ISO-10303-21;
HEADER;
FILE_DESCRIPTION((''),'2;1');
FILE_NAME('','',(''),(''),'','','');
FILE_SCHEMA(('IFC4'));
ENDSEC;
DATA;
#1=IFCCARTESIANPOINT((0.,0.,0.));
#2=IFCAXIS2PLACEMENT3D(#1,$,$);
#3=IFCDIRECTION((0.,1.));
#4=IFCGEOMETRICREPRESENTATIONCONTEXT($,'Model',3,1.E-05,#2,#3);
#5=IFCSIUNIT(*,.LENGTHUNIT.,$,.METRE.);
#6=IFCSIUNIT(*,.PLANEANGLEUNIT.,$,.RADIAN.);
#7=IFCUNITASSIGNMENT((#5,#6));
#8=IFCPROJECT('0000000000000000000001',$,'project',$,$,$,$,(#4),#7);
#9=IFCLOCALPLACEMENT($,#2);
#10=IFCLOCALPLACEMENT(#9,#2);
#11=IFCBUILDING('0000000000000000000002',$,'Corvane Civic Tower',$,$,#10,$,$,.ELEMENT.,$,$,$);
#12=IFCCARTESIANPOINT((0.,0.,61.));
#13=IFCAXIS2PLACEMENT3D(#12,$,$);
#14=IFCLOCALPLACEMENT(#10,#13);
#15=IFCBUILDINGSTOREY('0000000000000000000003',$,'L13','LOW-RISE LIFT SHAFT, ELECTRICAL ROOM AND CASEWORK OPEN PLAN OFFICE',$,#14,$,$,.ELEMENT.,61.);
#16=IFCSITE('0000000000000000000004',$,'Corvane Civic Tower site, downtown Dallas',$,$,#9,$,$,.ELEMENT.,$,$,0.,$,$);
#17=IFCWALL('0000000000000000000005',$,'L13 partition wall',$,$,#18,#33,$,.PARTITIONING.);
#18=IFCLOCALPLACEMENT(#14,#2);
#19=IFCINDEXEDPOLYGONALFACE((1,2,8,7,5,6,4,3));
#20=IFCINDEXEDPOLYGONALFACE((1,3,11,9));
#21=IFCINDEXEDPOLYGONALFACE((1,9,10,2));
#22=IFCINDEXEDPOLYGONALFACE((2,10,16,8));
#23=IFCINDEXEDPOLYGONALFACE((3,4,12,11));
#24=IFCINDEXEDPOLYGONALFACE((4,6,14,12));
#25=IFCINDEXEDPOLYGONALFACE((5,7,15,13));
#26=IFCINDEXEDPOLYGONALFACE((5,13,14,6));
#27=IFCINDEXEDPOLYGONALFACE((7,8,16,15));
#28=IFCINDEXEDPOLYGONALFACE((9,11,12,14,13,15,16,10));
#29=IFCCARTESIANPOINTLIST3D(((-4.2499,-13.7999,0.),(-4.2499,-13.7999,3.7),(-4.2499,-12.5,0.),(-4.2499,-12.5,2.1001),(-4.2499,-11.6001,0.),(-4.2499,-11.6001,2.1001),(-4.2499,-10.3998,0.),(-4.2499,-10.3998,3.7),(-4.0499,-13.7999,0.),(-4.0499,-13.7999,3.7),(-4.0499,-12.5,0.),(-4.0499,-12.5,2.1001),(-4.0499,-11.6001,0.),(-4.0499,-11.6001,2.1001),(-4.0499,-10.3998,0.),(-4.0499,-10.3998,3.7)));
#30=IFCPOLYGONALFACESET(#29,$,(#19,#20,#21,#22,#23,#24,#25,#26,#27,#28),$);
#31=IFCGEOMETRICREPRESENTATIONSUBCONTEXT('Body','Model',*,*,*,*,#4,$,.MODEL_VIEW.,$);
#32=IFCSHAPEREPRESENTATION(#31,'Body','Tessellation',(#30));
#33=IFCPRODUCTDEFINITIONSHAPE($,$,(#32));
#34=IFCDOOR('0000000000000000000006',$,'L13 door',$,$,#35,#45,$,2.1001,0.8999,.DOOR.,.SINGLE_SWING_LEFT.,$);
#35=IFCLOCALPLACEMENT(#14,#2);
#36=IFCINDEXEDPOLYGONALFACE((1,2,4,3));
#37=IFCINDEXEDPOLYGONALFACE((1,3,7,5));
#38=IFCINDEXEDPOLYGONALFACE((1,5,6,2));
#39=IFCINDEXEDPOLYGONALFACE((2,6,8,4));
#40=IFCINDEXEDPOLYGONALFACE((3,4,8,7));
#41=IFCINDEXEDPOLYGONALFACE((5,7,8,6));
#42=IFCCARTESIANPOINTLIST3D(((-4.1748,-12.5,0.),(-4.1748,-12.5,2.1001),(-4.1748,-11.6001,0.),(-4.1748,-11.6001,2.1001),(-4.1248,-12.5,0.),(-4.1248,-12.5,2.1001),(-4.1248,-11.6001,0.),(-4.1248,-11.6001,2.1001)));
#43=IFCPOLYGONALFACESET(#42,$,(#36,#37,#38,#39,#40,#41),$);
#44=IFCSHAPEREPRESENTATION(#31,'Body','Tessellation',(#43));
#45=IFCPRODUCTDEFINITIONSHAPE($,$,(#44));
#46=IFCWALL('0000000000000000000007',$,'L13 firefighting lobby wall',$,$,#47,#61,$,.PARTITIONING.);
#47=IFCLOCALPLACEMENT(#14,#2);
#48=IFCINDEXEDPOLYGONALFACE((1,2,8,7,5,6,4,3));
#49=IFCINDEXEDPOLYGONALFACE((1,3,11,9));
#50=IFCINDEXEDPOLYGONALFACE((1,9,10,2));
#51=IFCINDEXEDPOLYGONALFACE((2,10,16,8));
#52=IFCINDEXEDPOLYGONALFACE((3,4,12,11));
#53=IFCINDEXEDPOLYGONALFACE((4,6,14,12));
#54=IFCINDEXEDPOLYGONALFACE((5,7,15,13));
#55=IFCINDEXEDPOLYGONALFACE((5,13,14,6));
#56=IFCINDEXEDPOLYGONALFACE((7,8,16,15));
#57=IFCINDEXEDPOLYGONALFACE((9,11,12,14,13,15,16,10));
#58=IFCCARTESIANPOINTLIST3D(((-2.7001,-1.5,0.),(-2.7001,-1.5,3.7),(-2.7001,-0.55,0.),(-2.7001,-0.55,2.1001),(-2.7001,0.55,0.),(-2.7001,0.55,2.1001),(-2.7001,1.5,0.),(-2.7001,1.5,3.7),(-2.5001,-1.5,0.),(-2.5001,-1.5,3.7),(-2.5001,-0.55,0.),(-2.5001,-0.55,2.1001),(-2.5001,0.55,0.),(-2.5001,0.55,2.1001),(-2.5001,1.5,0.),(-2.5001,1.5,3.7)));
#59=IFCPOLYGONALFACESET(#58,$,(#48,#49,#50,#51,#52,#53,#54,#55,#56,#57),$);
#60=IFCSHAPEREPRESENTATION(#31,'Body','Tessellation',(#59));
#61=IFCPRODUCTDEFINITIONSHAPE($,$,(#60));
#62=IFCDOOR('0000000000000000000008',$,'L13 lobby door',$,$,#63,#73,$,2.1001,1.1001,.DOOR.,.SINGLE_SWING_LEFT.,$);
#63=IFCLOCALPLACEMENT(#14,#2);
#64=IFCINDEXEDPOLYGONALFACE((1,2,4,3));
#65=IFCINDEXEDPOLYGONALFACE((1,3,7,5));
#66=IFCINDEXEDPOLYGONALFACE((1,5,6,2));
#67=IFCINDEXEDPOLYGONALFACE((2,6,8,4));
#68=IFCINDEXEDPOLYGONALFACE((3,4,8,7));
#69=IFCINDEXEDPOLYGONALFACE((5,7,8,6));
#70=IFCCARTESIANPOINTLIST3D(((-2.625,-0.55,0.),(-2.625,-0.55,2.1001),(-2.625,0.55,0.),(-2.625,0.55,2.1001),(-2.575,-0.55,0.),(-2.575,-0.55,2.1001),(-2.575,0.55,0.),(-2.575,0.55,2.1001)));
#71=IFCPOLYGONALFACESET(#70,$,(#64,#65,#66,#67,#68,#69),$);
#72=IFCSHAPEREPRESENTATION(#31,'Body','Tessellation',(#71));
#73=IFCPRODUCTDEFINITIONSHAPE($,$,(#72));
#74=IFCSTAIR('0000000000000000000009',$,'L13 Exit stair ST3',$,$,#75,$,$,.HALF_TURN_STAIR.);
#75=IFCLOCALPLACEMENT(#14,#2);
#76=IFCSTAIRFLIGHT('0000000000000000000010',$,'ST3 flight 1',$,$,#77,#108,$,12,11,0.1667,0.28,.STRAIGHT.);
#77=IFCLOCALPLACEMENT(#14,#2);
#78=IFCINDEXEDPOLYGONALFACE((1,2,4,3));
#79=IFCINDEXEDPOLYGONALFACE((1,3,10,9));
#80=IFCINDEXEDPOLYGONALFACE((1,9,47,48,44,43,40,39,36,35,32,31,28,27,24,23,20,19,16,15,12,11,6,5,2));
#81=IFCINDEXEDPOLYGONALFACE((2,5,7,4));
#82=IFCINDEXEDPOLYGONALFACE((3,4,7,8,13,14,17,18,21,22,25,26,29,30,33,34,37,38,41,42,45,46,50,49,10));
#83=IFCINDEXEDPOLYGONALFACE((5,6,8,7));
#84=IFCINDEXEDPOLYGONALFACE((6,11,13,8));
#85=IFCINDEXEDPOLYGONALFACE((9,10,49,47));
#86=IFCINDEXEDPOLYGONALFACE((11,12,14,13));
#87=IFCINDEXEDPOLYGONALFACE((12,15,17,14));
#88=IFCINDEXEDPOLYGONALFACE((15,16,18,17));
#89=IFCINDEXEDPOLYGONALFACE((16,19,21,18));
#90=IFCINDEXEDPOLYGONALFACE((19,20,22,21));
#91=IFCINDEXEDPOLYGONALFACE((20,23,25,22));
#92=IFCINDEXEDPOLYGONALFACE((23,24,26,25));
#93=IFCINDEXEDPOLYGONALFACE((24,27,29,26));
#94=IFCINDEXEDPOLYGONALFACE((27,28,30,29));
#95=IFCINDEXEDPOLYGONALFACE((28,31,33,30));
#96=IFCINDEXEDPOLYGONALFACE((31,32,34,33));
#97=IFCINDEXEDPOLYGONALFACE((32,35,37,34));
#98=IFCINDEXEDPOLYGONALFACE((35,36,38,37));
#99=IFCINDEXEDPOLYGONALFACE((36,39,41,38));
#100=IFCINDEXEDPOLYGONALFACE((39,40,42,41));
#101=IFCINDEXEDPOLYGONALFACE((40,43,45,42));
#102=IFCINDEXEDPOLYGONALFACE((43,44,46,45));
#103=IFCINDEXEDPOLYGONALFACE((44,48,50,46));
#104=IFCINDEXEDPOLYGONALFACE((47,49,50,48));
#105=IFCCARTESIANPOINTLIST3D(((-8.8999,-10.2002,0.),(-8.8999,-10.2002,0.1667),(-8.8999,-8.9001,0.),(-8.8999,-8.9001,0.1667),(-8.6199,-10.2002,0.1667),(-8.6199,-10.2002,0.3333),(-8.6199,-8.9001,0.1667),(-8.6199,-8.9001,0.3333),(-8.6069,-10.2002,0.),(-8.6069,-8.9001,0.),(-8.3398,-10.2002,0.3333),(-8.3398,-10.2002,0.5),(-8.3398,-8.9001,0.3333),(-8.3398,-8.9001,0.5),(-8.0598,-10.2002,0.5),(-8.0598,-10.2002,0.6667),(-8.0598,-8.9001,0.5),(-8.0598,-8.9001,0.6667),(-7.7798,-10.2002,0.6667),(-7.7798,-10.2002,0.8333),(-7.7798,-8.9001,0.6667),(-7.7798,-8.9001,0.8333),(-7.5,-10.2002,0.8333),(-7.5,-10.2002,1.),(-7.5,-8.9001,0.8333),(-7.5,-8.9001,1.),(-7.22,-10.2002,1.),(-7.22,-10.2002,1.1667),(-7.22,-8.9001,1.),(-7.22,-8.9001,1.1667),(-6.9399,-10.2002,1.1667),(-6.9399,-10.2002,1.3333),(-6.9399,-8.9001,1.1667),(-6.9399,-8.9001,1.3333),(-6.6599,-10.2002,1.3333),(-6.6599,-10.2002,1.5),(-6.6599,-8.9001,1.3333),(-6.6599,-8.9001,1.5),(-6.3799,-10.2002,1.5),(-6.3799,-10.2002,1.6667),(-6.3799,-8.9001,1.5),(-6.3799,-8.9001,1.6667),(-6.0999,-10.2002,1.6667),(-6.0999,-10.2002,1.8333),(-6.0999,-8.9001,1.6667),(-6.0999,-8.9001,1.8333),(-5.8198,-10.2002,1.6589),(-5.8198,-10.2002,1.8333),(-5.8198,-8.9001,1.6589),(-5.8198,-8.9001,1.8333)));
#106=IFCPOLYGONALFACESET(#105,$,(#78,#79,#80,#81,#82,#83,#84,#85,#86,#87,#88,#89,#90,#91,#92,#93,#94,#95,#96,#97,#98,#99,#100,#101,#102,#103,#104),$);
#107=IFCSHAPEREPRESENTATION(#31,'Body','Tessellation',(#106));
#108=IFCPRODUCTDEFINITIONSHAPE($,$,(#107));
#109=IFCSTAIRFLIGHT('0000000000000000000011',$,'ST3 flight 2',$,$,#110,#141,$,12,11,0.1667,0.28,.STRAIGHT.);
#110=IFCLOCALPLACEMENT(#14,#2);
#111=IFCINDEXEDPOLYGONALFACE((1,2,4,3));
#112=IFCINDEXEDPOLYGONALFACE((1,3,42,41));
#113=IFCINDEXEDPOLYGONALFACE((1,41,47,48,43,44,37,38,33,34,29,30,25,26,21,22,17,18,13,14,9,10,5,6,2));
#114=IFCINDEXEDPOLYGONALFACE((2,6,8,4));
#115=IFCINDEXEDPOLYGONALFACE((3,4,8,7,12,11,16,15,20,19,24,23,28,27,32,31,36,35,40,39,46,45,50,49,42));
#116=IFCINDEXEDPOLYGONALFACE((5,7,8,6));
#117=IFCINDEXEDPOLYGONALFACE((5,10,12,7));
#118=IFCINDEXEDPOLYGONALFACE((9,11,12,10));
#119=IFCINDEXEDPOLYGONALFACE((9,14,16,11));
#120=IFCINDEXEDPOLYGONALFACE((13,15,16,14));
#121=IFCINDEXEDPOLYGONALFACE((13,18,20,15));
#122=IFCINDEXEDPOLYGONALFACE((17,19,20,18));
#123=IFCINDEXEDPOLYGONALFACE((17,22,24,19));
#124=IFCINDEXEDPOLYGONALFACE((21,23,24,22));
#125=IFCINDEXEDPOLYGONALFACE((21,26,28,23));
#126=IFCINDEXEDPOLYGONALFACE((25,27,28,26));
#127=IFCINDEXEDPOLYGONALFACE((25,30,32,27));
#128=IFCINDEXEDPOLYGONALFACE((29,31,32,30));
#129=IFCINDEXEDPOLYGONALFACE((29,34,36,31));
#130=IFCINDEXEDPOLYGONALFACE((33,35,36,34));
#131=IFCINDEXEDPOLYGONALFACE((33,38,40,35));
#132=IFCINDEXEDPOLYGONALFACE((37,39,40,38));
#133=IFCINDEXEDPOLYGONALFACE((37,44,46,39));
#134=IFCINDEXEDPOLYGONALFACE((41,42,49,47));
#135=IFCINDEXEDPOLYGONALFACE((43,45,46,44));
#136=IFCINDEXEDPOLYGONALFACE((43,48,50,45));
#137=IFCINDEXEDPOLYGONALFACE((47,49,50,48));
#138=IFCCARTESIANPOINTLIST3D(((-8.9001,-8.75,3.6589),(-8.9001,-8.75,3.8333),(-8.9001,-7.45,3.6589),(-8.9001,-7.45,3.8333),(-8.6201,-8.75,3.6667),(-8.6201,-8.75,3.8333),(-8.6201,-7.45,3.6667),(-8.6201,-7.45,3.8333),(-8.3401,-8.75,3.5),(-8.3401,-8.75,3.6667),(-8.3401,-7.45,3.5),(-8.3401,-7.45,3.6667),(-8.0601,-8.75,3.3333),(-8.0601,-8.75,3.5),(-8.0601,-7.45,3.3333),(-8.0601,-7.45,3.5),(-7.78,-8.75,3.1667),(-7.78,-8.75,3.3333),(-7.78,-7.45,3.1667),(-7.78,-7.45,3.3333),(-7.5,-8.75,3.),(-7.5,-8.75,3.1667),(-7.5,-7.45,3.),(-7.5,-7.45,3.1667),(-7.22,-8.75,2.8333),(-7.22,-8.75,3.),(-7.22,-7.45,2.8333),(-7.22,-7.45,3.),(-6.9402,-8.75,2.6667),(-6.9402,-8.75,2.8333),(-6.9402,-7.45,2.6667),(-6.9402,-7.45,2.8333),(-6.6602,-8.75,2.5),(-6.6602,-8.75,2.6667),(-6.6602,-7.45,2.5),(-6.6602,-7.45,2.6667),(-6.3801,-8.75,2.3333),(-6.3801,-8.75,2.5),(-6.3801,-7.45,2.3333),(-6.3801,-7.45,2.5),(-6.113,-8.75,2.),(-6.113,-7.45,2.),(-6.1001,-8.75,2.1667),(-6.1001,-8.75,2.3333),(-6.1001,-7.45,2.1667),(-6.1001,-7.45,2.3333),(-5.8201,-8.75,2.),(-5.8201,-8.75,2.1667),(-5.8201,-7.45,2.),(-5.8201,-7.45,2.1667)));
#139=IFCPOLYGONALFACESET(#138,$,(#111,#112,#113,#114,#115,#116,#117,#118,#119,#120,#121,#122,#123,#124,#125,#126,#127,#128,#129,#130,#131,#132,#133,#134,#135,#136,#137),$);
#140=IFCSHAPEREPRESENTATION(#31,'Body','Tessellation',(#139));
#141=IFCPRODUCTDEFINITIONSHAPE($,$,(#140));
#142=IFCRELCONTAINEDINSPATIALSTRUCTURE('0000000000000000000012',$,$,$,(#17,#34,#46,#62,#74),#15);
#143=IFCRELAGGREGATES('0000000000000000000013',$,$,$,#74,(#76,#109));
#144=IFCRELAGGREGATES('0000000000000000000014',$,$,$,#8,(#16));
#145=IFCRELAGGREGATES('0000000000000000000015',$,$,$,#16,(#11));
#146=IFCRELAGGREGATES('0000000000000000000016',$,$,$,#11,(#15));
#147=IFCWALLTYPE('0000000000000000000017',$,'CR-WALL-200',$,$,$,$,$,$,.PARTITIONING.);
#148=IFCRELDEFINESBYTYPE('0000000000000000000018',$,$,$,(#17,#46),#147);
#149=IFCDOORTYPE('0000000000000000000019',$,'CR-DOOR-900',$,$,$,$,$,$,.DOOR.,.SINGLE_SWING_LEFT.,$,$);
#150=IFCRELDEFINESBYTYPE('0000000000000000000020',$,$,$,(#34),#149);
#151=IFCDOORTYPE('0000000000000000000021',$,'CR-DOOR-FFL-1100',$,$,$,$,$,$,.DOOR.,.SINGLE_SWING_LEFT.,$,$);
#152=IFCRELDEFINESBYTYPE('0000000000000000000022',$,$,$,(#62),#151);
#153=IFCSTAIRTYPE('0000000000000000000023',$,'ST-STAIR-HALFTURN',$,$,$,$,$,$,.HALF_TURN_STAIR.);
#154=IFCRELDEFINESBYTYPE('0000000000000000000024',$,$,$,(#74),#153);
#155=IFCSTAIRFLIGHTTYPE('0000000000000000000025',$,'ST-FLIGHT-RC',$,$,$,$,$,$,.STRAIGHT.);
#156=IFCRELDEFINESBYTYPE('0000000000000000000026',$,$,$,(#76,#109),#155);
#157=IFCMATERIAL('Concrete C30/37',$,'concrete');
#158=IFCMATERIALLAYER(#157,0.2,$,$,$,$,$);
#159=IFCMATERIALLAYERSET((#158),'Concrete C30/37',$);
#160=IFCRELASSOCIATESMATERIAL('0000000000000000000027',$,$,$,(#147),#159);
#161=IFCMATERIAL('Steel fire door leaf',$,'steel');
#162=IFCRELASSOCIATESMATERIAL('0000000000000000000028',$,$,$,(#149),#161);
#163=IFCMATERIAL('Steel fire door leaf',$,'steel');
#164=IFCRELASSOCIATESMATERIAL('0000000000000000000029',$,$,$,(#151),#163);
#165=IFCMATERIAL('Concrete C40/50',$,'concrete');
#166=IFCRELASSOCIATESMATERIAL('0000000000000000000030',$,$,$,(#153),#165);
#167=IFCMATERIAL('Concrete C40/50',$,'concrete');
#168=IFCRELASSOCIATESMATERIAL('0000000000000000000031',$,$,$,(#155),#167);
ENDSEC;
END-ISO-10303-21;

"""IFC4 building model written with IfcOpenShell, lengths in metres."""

from ifc_helpers import new_model, si_unit, direction, frame, frame_2d, origin, place, context, subcontext, project, spatial, polyline, rectangle, outline, extrude, material, layer, layer_set, type_object, element, fill, aggregate, save


model = new_model("IFC4")

# Units and contexts
model_context = context("Model", 3, precision=1e-05, world=origin(), true_north=direction((0.0, 1.0)))
body_context = subcontext(model_context, "Body", "Model", "MODEL_VIEW")
ifc_project = project(units=[si_unit("LENGTHUNIT", "METRE"), si_unit("PLANEANGLEUNIT", "RADIAN")], contexts=[model_context])

# Site, building, storey
site_placement = place(None, origin())
site = spatial("IfcSite", under=ifc_project, at=site_placement, Name="Corvane Civic Tower site, downtown Dallas", CompositionType="ELEMENT", RefElevation=0.0)
building_placement = place(site_placement, origin())
building = spatial("IfcBuilding", under=site, at=building_placement, Name="Corvane Civic Tower", CompositionType="ELEMENT")
storey_placement = place(building_placement, frame((0.0, 0.0, 61.0)))
storey = spatial("IfcBuildingStorey", under=building, at=storey_placement, Name="L13", Description="LOW-RISE LIFT SHAFT, ELECTRICAL ROOM AND CASEWORK OPEN PLAN OFFICE", CompositionType="ELEMENT", Elevation=61.0)

# Shared definitions
ifc_material_1 = material(Name="Concrete C30/37", Category="concrete")
ifc_layer_1 = layer(ifc_material_1, 0.2)
ifc_layer_set_1 = layer_set([ifc_layer_1], Name="Concrete C30/37")
wall_type = type_object("IfcWallType", Name="CR-WALL-200", PredefinedType="PARTITIONING", material=ifc_layer_set_1)
ifc_material_2 = material(Name="Steel fire door leaf", Category="steel")
door_type_1 = type_object("IfcDoorType", Name="CR-DOOR-900", OperationType="SINGLE_SWING_LEFT", PredefinedType="DOOR", material=ifc_material_2)

# Walls, openings, doors
wall_1_placement = place(storey_placement, frame((-4.1499, -13.8, 0.0), z_axis=(0.0, 0.0, 1.0), x_axis=(0.0, 1.0, 0.0)))
wall_1 = element("IfcWall", 1, at=wall_1_placement, inside=storey, type_object=wall_type, Name="L13 partition wall", PredefinedType="PARTITIONING", context=body_context, shape_type="SweptSolid", body=[
    extrude(rectangle(XDim=3.4001, YDim=0.2, at=frame_2d((1.7002, 0.0))), origin(), (0.0, 0.0, 1.0), 3.7),
])
opening_1_placement = place(wall_1_placement, frame((1.3, 0.0, 0.0)))
opening_1 = element("IfcOpeningElement", 2, at=opening_1_placement, cuts=wall_1, PredefinedType="OPENING", context=body_context, shape_type="SweptSolid", body=[
    extrude(rectangle(XDim=0.8999, YDim=2.1001, at=frame_2d((0.45, 1.05))), frame((0.0, 0.1099, 0.0), z_axis=(0.0, -1.0, 0.0), x_axis=(1.0, 0.0, 0.0)), (0.0, 0.0, 1.0), 0.22),
])
door_1_placement = place(opening_1_placement, origin())
door_1 = element("IfcDoor", 3, at=door_1_placement, inside=storey, type_object=door_type_1, Name="L13 door", OperationType="SINGLE_SWING_LEFT", OverallHeight=2.1001, OverallWidth=0.8999, PredefinedType="DOOR", context=body_context, shape_type="SweptSolid", body=[
    extrude(rectangle(XDim=0.8999, YDim=2.1001, at=frame_2d((0.45, 1.05))), frame((0.0, 0.0249, 0.0), z_axis=(0.0, -1.0, 0.0), x_axis=(1.0, 0.0, 0.0)), (0.0, 0.0, 1.0), 0.05),
])
fill(opening_1, door_1)
wall_2_placement = place(storey_placement, frame((-2.6001, -1.5, 0.0), z_axis=(0.0, 0.0, 1.0), x_axis=(0.0, 1.0, 0.0)))
wall_2 = element("IfcWall", 4, at=wall_2_placement, inside=storey, type_object=wall_type, Name="L13 firefighting lobby wall", PredefinedType="PARTITIONING", context=body_context, shape_type="SweptSolid", body=[
    extrude(rectangle(XDim=3.0, YDim=0.2, at=frame_2d((1.5, 0.0))), origin(), (0.0, 0.0, 1.0), 3.7),
])
opening_2_placement = place(wall_2_placement, frame((0.95, 0.0, 0.0)))
opening_2 = element("IfcOpeningElement", 5, at=opening_2_placement, cuts=wall_2, PredefinedType="OPENING", context=body_context, shape_type="SweptSolid", body=[
    extrude(rectangle(XDim=1.1001, YDim=2.1001, at=frame_2d((0.55, 1.05))), frame((0.0, 0.1099, 0.0), z_axis=(0.0, -1.0, 0.0), x_axis=(1.0, 0.0, 0.0)), (0.0, 0.0, 1.0), 0.22),
])
ifc_material_3 = material(Name="Steel fire door leaf", Category="steel")
door_type_2 = type_object("IfcDoorType", Name="CR-DOOR-FFL-1100", OperationType="SINGLE_SWING_LEFT", PredefinedType="DOOR", material=ifc_material_3)
door_2_placement = place(opening_2_placement, origin())
door_2 = element("IfcDoor", 6, at=door_2_placement, inside=storey, type_object=door_type_2, Name="L13 lobby door", OperationType="SINGLE_SWING_LEFT", OverallHeight=2.1001, OverallWidth=1.1001, PredefinedType="DOOR", context=body_context, shape_type="SweptSolid", body=[
    extrude(rectangle(XDim=1.1001, YDim=2.1001, at=frame_2d((0.55, 1.05))), frame((0.0, 0.0249, 0.0), z_axis=(0.0, -1.0, 0.0), x_axis=(1.0, 0.0, 0.0)), (0.0, 0.0, 1.0), 0.05),
])
fill(opening_2, door_2)

# Stair, stair flights
ifc_material_4 = material(Name="Concrete C40/50", Category="concrete")
stair_type = type_object("IfcStairType", Name="ST-STAIR-HALFTURN", PredefinedType="HALF_TURN_STAIR", material=ifc_material_4)
stair_placement = place(storey_placement, origin())
stair = element("IfcStair", 7, at=stair_placement, inside=storey, type_object=stair_type, Name="L13 Exit stair ST3", PredefinedType="HALF_TURN_STAIR")
ifc_material_5 = material(Name="Concrete C40/50", Category="concrete")
stair_flight_type = type_object("IfcStairFlightType", Name="ST-FLIGHT-RC", PredefinedType="STRAIGHT", material=ifc_material_5)
stair_flight_1_placement = place(storey_placement, frame((-8.8999, -9.55, 0.0), z_axis=(0.0, 0.0, 1.0), x_axis=(1.0, 0.0, 0.0)))
stair_flight_1 = element("IfcStairFlight", 8, at=stair_flight_1_placement, type_object=stair_flight_type, Name="ST3 flight 1", NumberOfRisers=12, NumberOfTreads=11, PredefinedType="STRAIGHT", RiserHeight=0.1667, TreadLength=0.28, context=body_context, shape_type="SweptSolid", body=[
    extrude(outline(polyline([(0.0, 0.0), (0.0, 0.1667), (0.28, 0.1667), (0.28, 0.3333), (0.5601, 0.3333), (0.5601, 0.5), (0.8401, 0.5), (0.8401, 0.6667), (1.1201, 0.6667), (1.1201, 0.8333), (1.3999, 0.8333), (1.3999, 1.0), (1.6799, 1.0), (1.6799, 1.1667), (1.96, 1.1667), (1.96, 1.3333), (2.24, 1.3333), (2.24, 1.5), (2.52, 1.5), (2.52, 1.6667), (2.8, 1.6667), (2.8, 1.8333), (3.0801, 1.8333), (3.0801, 2.0), (3.0801, 1.6589), (0.293, 0.0), (0.0, 0.0)])), frame((0.0, 0.6499, 0.0), z_axis=(0.0, -1.0, 0.0), x_axis=(1.0, 0.0, 0.0)), (0.0, 0.0, 1.0), 1.3),
])
stair_flight_2_placement = place(storey_placement, frame((-5.8201, -8.1001, 2.0), z_axis=(0.0, 0.0, 1.0), x_axis=(-1.0, 0.0, 0.0)))
stair_flight_2 = element("IfcStairFlight", 9, at=stair_flight_2_placement, type_object=stair_flight_type, Name="ST3 flight 2", NumberOfRisers=12, NumberOfTreads=11, PredefinedType="STRAIGHT", RiserHeight=0.1667, TreadLength=0.28, context=body_context, shape_type="SweptSolid", body=[
    extrude(outline(polyline([(0.0, 0.0), (0.0, 0.1667), (0.28, 0.1667), (0.28, 0.3333), (0.5601, 0.3333), (0.5601, 0.5), (0.8401, 0.5), (0.8401, 0.6667), (1.1201, 0.6667), (1.1201, 0.8333), (1.3999, 0.8333), (1.3999, 1.0), (1.6799, 1.0), (1.6799, 1.1667), (1.96, 1.1667), (1.96, 1.3333), (2.24, 1.3333), (2.24, 1.5), (2.52, 1.5), (2.52, 1.6667), (2.8, 1.6667), (2.8, 1.8333), (3.0801, 1.8333), (3.0801, 2.0), (3.0801, 1.6589), (0.293, 0.0), (0.0, 0.0)])), frame((0.0, 0.6499, 0.0), z_axis=(0.0, -1.0, 0.0), x_axis=(1.0, 0.0, 0.0)), (0.0, 0.0, 1.0), 1.3),
])
aggregate(stair, [stair_flight_1, stair_flight_2])

save(model, "model.ifc")
